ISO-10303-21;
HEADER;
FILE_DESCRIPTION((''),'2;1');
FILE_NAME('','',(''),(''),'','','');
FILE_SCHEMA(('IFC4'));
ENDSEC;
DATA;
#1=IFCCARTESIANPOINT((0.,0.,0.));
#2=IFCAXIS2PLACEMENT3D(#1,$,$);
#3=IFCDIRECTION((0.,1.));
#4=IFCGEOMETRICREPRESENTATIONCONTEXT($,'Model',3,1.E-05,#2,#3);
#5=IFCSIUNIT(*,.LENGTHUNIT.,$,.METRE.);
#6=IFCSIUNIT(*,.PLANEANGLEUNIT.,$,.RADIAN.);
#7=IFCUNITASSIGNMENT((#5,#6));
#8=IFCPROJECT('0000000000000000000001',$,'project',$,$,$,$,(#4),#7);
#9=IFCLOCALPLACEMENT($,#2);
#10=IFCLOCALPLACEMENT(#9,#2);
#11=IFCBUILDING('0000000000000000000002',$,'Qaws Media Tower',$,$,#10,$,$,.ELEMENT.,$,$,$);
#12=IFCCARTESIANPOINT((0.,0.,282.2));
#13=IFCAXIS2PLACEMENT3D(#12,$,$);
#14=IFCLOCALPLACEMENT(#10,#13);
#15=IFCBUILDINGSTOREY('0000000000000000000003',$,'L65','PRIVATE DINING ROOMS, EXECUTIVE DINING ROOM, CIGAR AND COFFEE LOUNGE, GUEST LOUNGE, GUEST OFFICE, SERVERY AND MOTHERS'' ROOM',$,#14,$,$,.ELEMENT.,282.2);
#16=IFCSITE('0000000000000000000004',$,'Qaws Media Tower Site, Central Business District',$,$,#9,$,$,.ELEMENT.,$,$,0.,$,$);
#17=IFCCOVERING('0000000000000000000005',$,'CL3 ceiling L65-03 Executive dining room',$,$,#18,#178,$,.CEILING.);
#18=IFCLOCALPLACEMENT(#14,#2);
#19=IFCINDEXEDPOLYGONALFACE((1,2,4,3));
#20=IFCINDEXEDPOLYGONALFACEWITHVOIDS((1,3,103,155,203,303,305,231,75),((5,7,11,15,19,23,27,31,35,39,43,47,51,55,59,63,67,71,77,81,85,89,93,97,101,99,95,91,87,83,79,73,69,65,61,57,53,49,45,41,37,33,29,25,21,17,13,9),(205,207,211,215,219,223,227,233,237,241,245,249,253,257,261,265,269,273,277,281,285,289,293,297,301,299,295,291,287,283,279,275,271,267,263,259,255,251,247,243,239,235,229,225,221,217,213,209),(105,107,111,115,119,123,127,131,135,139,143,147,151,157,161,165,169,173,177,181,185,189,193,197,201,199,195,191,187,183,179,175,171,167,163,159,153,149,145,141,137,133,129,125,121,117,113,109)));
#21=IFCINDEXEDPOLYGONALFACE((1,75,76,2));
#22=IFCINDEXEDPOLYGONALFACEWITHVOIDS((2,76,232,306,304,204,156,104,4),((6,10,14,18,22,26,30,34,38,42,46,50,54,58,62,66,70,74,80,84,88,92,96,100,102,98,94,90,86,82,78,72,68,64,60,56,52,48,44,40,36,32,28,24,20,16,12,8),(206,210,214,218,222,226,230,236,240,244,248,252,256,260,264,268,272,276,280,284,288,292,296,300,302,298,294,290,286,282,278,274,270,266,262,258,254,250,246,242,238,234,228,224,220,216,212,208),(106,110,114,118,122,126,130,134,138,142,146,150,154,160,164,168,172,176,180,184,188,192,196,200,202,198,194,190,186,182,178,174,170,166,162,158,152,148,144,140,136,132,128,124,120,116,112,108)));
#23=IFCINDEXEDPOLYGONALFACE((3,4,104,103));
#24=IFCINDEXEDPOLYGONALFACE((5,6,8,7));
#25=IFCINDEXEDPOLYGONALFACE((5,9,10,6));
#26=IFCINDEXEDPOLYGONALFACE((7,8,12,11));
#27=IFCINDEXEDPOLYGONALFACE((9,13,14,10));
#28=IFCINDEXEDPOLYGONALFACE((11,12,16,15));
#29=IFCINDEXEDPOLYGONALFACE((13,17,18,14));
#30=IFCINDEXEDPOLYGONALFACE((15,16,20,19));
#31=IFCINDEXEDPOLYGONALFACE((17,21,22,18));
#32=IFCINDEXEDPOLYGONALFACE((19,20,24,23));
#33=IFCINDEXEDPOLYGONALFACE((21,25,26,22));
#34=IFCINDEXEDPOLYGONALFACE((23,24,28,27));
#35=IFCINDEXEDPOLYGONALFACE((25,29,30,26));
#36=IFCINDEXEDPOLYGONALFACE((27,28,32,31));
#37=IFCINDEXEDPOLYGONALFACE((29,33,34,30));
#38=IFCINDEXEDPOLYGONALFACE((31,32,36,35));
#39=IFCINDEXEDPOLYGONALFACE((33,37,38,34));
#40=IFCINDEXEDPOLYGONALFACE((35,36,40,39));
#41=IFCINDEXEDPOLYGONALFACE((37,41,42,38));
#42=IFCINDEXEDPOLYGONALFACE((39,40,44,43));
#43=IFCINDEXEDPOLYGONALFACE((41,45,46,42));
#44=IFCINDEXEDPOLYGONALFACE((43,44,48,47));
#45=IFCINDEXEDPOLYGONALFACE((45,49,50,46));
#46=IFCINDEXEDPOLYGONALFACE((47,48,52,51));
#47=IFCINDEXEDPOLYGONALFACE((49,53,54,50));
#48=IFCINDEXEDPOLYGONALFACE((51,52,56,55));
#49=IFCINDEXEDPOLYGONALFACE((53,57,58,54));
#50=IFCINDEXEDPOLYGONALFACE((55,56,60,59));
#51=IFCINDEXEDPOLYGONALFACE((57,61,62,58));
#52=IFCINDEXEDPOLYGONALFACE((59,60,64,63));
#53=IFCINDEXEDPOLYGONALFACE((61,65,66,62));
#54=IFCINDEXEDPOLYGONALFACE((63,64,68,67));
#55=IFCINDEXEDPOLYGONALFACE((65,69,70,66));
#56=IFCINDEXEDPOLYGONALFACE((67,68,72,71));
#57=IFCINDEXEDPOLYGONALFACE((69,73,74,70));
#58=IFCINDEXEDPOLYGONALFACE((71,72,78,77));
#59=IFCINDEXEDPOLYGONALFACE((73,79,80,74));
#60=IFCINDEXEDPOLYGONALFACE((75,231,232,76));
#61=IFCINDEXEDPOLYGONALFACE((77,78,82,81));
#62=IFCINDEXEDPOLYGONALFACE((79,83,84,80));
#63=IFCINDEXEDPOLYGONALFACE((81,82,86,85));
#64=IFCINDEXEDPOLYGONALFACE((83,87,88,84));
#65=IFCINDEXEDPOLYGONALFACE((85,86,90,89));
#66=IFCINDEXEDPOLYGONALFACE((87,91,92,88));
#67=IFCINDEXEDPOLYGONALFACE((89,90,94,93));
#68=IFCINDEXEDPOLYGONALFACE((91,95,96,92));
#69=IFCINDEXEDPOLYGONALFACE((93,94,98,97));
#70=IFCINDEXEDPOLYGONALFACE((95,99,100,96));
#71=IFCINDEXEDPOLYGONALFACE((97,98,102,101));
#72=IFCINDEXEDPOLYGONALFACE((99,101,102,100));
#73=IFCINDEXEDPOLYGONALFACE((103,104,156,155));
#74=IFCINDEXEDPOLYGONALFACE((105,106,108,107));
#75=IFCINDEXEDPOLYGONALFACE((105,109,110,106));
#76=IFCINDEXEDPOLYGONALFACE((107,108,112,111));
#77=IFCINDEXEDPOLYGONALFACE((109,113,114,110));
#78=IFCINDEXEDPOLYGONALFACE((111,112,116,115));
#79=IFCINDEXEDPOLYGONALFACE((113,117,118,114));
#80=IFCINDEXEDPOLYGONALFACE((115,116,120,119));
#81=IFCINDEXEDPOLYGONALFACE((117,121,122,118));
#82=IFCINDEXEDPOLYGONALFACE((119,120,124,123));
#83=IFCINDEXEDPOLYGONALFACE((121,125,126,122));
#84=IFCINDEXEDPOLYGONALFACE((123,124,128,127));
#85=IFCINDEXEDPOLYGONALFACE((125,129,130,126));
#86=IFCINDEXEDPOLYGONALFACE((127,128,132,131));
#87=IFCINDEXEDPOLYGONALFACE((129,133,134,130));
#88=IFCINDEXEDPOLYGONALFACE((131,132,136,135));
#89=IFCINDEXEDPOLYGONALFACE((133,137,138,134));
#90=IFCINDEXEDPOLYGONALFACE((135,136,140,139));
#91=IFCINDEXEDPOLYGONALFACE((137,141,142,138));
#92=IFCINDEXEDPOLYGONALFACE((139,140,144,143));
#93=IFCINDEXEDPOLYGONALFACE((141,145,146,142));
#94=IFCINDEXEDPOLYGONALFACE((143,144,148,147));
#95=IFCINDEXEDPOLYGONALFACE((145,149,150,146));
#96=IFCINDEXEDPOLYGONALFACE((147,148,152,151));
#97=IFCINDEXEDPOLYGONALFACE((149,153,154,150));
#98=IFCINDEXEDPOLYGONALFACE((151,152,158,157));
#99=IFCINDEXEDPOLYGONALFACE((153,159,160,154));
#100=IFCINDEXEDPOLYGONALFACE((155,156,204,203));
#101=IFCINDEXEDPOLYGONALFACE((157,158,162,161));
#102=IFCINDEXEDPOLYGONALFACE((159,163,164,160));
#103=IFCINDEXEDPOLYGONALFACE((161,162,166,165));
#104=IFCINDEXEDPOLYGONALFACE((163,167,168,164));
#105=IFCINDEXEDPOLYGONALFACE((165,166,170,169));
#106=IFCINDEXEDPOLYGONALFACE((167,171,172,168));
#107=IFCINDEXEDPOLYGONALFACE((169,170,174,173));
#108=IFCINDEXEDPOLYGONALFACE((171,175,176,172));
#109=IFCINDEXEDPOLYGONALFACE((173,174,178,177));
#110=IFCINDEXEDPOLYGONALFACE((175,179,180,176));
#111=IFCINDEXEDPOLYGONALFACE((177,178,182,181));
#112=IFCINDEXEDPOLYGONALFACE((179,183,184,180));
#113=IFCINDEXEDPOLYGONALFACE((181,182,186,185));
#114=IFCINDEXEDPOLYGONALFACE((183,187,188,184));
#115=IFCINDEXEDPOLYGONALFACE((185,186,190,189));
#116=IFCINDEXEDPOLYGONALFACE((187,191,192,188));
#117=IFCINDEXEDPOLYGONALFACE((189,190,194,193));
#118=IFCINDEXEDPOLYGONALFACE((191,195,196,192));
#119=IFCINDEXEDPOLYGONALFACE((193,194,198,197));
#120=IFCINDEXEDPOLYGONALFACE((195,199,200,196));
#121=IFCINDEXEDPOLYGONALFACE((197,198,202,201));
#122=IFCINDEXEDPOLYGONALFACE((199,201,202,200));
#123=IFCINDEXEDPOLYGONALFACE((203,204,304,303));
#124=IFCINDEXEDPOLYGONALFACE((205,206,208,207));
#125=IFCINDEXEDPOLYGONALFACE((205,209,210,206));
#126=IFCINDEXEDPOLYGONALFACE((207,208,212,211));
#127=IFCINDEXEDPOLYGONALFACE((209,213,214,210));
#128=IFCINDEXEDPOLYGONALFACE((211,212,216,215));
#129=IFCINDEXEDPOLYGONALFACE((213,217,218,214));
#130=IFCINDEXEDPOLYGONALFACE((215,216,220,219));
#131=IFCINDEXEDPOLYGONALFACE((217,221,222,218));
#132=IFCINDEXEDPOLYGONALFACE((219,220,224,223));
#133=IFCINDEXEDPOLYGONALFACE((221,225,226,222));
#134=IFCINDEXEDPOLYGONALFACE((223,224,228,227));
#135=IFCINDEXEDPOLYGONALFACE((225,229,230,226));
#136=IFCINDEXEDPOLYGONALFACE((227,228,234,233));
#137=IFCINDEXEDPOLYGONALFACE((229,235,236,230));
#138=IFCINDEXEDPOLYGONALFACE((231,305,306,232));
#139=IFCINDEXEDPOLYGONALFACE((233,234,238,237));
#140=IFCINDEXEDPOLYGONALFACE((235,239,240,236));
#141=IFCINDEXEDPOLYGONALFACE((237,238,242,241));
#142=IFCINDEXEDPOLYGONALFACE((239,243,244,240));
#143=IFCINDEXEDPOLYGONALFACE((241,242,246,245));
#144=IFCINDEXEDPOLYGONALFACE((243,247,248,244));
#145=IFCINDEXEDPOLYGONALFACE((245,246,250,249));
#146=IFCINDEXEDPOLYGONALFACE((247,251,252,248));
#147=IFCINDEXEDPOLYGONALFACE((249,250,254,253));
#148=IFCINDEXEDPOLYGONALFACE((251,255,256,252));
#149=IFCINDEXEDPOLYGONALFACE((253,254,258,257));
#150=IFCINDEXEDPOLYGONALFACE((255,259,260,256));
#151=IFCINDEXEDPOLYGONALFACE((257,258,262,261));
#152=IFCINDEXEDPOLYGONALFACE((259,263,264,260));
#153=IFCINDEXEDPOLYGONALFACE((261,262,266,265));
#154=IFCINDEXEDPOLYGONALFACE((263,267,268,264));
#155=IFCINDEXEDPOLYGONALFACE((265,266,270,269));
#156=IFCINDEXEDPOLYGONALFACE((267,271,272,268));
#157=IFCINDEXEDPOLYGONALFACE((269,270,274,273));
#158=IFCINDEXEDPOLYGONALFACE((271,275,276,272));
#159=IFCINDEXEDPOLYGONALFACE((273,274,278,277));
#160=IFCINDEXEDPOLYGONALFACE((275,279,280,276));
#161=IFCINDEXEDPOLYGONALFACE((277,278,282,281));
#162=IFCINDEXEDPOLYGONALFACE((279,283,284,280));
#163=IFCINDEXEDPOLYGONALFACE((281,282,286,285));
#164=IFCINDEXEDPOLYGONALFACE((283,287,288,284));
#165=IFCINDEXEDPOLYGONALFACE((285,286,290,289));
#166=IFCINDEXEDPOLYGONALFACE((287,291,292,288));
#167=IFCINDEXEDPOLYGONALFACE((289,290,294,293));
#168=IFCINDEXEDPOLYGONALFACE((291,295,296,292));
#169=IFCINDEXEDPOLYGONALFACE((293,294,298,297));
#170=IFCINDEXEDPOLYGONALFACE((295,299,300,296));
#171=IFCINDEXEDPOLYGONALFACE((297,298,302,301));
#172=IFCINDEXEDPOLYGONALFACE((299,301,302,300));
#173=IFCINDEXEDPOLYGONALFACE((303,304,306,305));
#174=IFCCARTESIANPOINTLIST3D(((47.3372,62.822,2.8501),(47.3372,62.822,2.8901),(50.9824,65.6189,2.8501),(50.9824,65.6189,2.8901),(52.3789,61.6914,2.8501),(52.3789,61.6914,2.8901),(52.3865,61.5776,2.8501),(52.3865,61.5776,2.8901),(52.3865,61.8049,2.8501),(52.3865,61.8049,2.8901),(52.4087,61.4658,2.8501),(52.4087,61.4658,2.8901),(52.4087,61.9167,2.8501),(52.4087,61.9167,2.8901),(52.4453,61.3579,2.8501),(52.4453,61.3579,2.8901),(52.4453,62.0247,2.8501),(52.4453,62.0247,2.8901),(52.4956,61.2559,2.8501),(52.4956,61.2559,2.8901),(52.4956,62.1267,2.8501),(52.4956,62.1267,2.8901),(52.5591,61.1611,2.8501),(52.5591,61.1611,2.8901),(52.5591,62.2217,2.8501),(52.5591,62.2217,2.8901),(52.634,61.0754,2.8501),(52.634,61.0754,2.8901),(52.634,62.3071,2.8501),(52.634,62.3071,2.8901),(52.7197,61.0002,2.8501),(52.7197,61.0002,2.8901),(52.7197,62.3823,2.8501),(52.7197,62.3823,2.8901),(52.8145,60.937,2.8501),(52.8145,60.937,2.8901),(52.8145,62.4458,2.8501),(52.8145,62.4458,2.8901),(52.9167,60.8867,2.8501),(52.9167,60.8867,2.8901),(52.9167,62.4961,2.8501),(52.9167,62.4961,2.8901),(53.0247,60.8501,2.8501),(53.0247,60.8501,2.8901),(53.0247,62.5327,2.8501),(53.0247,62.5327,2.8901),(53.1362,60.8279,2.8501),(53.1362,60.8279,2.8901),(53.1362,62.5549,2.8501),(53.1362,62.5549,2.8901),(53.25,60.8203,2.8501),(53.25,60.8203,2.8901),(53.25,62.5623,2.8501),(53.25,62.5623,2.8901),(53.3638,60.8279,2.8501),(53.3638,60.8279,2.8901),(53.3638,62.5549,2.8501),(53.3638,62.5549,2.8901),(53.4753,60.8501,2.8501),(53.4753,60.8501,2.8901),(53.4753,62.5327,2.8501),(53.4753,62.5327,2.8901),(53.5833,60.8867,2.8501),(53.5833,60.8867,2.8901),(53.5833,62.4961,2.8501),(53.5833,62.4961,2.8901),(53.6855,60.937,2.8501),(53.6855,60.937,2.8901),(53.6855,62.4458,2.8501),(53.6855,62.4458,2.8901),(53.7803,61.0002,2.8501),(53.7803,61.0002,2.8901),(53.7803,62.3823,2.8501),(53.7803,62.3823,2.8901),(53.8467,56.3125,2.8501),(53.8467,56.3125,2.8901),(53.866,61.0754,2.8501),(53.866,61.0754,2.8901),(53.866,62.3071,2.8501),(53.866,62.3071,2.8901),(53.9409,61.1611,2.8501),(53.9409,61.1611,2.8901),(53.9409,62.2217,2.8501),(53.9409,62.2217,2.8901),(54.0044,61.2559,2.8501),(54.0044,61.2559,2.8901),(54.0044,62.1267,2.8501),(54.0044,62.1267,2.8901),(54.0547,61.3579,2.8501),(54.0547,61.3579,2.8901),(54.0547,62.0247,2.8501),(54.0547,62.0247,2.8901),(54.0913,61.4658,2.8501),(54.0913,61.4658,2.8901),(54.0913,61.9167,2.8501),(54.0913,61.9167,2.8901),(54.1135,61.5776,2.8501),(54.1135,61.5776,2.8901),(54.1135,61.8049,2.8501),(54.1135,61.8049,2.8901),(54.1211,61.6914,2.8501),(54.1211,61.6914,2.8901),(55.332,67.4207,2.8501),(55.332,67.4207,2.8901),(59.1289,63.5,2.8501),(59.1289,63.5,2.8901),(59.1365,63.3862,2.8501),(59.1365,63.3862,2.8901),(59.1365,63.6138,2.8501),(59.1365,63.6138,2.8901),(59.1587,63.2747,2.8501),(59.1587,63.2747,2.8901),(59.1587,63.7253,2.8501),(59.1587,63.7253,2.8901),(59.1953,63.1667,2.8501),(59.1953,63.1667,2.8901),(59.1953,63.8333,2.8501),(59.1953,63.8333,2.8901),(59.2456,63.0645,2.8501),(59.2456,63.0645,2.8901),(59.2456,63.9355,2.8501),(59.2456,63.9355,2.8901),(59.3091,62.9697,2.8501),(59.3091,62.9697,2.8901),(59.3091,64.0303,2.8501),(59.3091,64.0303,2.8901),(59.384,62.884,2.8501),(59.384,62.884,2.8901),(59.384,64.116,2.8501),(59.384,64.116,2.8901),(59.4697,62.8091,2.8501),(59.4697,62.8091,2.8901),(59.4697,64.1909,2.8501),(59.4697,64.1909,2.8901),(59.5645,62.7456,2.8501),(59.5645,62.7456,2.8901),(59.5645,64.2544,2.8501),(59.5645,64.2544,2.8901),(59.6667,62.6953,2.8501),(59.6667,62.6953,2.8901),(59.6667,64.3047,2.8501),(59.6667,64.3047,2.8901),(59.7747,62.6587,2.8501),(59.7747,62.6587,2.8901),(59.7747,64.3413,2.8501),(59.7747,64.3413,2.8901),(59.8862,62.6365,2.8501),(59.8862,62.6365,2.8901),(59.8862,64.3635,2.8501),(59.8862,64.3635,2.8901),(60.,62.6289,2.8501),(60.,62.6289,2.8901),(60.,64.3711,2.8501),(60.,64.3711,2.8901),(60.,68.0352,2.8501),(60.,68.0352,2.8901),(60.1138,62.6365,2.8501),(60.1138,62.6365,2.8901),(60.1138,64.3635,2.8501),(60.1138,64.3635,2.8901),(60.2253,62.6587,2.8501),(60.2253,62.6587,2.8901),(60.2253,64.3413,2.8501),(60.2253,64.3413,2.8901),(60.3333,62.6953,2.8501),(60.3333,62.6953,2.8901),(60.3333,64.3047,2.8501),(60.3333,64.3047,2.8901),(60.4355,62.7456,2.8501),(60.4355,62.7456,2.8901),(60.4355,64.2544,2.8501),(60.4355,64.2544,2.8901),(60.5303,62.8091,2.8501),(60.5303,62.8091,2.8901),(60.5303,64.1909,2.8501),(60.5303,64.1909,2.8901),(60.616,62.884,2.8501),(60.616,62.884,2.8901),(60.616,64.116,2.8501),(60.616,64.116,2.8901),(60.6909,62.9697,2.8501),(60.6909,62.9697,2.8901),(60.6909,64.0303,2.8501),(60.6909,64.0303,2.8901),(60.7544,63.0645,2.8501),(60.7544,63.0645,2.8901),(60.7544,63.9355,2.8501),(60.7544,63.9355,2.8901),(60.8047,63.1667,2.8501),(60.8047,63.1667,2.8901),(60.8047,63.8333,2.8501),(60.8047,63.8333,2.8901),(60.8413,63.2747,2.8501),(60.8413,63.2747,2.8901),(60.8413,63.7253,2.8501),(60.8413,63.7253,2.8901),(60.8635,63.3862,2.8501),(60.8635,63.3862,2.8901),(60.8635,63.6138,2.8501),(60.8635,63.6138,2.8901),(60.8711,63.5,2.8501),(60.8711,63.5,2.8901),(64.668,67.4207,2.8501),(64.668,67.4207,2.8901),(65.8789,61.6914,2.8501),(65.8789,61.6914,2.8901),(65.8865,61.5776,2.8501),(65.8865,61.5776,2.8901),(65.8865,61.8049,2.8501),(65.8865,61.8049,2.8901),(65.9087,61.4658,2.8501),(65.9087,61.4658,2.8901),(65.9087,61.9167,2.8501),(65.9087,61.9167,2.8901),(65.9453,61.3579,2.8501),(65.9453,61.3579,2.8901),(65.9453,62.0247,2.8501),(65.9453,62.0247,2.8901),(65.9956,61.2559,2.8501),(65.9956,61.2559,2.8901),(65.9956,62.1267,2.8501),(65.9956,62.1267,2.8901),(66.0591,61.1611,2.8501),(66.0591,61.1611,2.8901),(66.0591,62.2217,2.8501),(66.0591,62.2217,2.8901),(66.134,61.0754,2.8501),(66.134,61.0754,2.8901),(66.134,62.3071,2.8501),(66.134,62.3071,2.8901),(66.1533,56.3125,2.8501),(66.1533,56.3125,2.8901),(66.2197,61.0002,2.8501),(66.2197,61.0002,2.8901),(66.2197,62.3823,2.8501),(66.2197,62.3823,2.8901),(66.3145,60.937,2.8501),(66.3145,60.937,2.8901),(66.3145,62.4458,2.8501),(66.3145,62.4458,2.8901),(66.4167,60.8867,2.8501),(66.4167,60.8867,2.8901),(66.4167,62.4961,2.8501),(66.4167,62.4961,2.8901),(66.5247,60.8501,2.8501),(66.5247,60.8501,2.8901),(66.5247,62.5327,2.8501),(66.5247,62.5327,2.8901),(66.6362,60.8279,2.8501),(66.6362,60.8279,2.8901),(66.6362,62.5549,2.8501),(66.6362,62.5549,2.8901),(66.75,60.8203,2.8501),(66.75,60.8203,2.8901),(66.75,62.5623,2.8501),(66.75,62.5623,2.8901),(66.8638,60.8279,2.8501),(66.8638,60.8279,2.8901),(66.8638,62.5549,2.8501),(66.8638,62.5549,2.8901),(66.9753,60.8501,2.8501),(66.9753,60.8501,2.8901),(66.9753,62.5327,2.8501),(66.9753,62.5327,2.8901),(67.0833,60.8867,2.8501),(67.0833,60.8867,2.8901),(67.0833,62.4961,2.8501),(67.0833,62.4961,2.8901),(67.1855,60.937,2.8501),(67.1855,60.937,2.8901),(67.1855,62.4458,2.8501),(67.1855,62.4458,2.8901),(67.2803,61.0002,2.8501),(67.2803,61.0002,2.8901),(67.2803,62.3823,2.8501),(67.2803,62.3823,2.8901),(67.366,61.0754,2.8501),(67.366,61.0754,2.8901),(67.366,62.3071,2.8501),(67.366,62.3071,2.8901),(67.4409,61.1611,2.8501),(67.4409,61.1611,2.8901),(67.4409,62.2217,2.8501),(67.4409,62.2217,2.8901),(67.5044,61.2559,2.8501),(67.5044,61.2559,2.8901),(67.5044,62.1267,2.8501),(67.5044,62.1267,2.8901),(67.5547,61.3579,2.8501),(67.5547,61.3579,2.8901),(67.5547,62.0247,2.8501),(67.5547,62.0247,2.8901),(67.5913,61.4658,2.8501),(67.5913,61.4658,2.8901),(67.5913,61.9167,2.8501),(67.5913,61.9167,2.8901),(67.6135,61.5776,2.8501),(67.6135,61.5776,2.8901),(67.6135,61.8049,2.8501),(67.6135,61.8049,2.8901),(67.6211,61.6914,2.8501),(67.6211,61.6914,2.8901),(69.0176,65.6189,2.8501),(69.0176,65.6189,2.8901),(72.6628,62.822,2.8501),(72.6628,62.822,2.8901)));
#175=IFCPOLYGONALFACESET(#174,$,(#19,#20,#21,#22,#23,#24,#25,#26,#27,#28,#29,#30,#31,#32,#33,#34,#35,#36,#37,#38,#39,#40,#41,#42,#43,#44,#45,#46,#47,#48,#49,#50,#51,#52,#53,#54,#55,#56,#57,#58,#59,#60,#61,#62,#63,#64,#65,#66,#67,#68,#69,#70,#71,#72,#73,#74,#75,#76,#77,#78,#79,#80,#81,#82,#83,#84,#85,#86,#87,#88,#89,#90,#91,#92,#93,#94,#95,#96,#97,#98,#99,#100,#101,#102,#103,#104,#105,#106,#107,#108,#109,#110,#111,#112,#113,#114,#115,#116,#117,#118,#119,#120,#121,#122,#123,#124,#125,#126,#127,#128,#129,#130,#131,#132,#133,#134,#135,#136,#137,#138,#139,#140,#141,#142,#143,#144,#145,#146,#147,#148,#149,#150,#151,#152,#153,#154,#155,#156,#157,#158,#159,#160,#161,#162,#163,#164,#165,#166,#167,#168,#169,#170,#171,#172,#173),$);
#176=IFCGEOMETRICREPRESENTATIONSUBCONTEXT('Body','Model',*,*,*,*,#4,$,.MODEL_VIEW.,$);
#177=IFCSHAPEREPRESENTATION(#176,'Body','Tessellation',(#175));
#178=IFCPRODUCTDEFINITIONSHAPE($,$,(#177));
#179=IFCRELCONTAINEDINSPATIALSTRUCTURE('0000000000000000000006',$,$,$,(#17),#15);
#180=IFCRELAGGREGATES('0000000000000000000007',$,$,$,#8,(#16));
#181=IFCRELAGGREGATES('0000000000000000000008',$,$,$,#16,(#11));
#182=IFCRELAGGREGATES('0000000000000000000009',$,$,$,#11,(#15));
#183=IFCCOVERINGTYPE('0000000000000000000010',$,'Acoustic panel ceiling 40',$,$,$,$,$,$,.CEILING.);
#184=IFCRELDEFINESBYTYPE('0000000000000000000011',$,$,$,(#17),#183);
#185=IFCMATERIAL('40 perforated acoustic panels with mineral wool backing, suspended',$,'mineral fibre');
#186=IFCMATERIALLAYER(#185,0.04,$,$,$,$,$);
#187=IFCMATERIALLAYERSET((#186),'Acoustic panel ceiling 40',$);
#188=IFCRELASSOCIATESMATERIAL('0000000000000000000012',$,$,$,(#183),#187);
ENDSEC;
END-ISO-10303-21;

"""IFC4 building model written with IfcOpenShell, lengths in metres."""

from ifc_helpers import new_model, si_unit, direction, frame, origin, place, context, subcontext, project, spatial, polyline, outline, extrude, material, layer, layer_set, type_object, element, save


model = new_model("IFC4")

# Units and contexts
model_context = context("Model", 3, precision=1e-05, world=origin(), true_north=direction((0.0, 1.0)))
body_context = subcontext(model_context, "Body", "Model", "MODEL_VIEW")
ifc_project = project(units=[si_unit("LENGTHUNIT", "METRE"), si_unit("PLANEANGLEUNIT", "RADIAN")], contexts=[model_context])

# Site, building, storey
site_placement = place(None, origin())
site = spatial("IfcSite", under=ifc_project, at=site_placement, Name="Qaws Media Tower Site, Central Business District", CompositionType="ELEMENT", RefElevation=0.0)
building_placement = place(site_placement, origin())
building = spatial("IfcBuilding", under=site, at=building_placement, Name="Qaws Media Tower", CompositionType="ELEMENT")
storey_placement = place(building_placement, frame((0.0, 0.0, 282.2)))
storey = spatial("IfcBuildingStorey", under=building, at=storey_placement, Name="L65", Description="PRIVATE DINING ROOMS, EXECUTIVE DINING ROOM, CIGAR AND COFFEE LOUNGE, GUEST LOUNGE, GUEST OFFICE, SERVERY AND MOTHERS' ROOM", CompositionType="ELEMENT", Elevation=282.2)

# Covering
ifc_material_1 = material(Name="40 perforated acoustic panels with mineral wool backing, suspended", Category="mineral fibre")
ifc_layer_1 = layer(ifc_material_1, 0.04)
ifc_layer_set_1 = layer_set([ifc_layer_1], Name="Acoustic panel ceiling 40")
covering_type_1 = type_object("IfcCoveringType", Name="Acoustic panel ceiling 40", PredefinedType="CEILING", material=ifc_layer_set_1)
covering_1_placement = place(storey_placement, frame((0.0, 0.0, 2.8501)))
element("IfcCovering", 1, at=covering_1_placement, inside=storey, type_object=covering_type_1, Name="CL3 ceiling L65-03 Executive dining room", PredefinedType="CEILING", context=body_context, shape_type="SweptSolid", body=[
    extrude(outline(polyline([(50.9824, 65.6189), (55.332, 67.4207), (60.0, 68.0352), (64.668, 67.4207), (69.0176, 65.6189), (72.6628, 62.822), (66.1533, 56.3125), (53.8467, 56.3125), (47.3372, 62.822), (50.9824, 65.6189)]), holes=[polyline([(54.0547, 61.3579), (54.0913, 61.4658), (54.1135, 61.5776), (54.1211, 61.6914), (54.1135, 61.8049), (54.0913, 61.9167), (54.0547, 62.0247), (54.0044, 62.1267), (53.9409, 62.2217), (53.866, 62.3071), (53.7803, 62.3823), (53.6855, 62.4458), (53.5833, 62.4961), (53.4753, 62.5327), (53.3638, 62.5549), (53.25, 62.5623), (53.1362, 62.5549), (53.0247, 62.5327), (52.9167, 62.4961), (52.8145, 62.4458), (52.7197, 62.3823), (52.634, 62.3071), (52.5591, 62.2217), (52.4956, 62.1267), (52.4453, 62.0247), (52.4087, 61.9167), (52.3865, 61.8049), (52.3789, 61.6914), (52.3865, 61.5776), (52.4087, 61.4658), (52.4453, 61.3579), (52.4956, 61.2559), (52.5591, 61.1611), (52.634, 61.0754), (52.7197, 61.0002), (52.8145, 60.937), (52.9167, 60.8867), (53.0247, 60.8501), (53.1362, 60.8279), (53.25, 60.8203), (53.3638, 60.8279), (53.4753, 60.8501), (53.5833, 60.8867), (53.6855, 60.937), (53.7803, 61.0002), (53.866, 61.0754), (53.9409, 61.1611), (54.0044, 61.2559), (54.0547, 61.3579)]), polyline([(60.8047, 63.1667), (60.8413, 63.2747), (60.8635, 63.3862), (60.8711, 63.5), (60.8635, 63.6138), (60.8413, 63.7253), (60.8047, 63.8333), (60.7544, 63.9355), (60.6909, 64.0303), (60.616, 64.116), (60.5303, 64.1909), (60.4355, 64.2544), (60.3333, 64.3047), (60.2253, 64.3413), (60.1138, 64.3635), (60.0, 64.3711), (59.8862, 64.3635), (59.7747, 64.3413), (59.6667, 64.3047), (59.5645, 64.2544), (59.4697, 64.1909), (59.384, 64.116), (59.3091, 64.0303), (59.2456, 63.9355), (59.1953, 63.8333), (59.1587, 63.7253), (59.1365, 63.6138), (59.1289, 63.5), (59.1365, 63.3862), (59.1587, 63.2747), (59.1953, 63.1667), (59.2456, 63.0645), (59.3091, 62.9697), (59.384, 62.884), (59.4697, 62.8091), (59.5645, 62.7456), (59.6667, 62.6953), (59.7747, 62.6587), (59.8862, 62.6365), (60.0, 62.6289), (60.1138, 62.6365), (60.2253, 62.6587), (60.3333, 62.6953), (60.4355, 62.7456), (60.5303, 62.8091), (60.616, 62.884), (60.6909, 62.9697), (60.7544, 63.0645), (60.8047, 63.1667)]), polyline([(67.5547, 61.3579), (67.5913, 61.4658), (67.6135, 61.5776), (67.6211, 61.6914), (67.6135, 61.8049), (67.5913, 61.9167), (67.5547, 62.0247), (67.5044, 62.1267), (67.4409, 62.2217), (67.366, 62.3071), (67.2803, 62.3823), (67.1855, 62.4458), (67.0833, 62.4961), (66.9753, 62.5327), (66.8638, 62.5549), (66.75, 62.5623), (66.6362, 62.5549), (66.5247, 62.5327), (66.4167, 62.4961), (66.3145, 62.4458), (66.2197, 62.3823), (66.134, 62.3071), (66.0591, 62.2217), (65.9956, 62.1267), (65.9453, 62.0247), (65.9087, 61.9167), (65.8865, 61.8049), (65.8789, 61.6914), (65.8865, 61.5776), (65.9087, 61.4658), (65.9453, 61.3579), (65.9956, 61.2559), (66.0591, 61.1611), (66.134, 61.0754), (66.2197, 61.0002), (66.3145, 60.937), (66.4167, 60.8867), (66.5247, 60.8501), (66.6362, 60.8279), (66.75, 60.8203), (66.8638, 60.8279), (66.9753, 60.8501), (67.0833, 60.8867), (67.1855, 60.937), (67.2803, 61.0002), (67.366, 61.0754), (67.4409, 61.1611), (67.5044, 61.2559), (67.5547, 61.3579)])]), origin(), (0.0, 0.0, 1.0), 0.04),
])

save(model, "model.ifc")
